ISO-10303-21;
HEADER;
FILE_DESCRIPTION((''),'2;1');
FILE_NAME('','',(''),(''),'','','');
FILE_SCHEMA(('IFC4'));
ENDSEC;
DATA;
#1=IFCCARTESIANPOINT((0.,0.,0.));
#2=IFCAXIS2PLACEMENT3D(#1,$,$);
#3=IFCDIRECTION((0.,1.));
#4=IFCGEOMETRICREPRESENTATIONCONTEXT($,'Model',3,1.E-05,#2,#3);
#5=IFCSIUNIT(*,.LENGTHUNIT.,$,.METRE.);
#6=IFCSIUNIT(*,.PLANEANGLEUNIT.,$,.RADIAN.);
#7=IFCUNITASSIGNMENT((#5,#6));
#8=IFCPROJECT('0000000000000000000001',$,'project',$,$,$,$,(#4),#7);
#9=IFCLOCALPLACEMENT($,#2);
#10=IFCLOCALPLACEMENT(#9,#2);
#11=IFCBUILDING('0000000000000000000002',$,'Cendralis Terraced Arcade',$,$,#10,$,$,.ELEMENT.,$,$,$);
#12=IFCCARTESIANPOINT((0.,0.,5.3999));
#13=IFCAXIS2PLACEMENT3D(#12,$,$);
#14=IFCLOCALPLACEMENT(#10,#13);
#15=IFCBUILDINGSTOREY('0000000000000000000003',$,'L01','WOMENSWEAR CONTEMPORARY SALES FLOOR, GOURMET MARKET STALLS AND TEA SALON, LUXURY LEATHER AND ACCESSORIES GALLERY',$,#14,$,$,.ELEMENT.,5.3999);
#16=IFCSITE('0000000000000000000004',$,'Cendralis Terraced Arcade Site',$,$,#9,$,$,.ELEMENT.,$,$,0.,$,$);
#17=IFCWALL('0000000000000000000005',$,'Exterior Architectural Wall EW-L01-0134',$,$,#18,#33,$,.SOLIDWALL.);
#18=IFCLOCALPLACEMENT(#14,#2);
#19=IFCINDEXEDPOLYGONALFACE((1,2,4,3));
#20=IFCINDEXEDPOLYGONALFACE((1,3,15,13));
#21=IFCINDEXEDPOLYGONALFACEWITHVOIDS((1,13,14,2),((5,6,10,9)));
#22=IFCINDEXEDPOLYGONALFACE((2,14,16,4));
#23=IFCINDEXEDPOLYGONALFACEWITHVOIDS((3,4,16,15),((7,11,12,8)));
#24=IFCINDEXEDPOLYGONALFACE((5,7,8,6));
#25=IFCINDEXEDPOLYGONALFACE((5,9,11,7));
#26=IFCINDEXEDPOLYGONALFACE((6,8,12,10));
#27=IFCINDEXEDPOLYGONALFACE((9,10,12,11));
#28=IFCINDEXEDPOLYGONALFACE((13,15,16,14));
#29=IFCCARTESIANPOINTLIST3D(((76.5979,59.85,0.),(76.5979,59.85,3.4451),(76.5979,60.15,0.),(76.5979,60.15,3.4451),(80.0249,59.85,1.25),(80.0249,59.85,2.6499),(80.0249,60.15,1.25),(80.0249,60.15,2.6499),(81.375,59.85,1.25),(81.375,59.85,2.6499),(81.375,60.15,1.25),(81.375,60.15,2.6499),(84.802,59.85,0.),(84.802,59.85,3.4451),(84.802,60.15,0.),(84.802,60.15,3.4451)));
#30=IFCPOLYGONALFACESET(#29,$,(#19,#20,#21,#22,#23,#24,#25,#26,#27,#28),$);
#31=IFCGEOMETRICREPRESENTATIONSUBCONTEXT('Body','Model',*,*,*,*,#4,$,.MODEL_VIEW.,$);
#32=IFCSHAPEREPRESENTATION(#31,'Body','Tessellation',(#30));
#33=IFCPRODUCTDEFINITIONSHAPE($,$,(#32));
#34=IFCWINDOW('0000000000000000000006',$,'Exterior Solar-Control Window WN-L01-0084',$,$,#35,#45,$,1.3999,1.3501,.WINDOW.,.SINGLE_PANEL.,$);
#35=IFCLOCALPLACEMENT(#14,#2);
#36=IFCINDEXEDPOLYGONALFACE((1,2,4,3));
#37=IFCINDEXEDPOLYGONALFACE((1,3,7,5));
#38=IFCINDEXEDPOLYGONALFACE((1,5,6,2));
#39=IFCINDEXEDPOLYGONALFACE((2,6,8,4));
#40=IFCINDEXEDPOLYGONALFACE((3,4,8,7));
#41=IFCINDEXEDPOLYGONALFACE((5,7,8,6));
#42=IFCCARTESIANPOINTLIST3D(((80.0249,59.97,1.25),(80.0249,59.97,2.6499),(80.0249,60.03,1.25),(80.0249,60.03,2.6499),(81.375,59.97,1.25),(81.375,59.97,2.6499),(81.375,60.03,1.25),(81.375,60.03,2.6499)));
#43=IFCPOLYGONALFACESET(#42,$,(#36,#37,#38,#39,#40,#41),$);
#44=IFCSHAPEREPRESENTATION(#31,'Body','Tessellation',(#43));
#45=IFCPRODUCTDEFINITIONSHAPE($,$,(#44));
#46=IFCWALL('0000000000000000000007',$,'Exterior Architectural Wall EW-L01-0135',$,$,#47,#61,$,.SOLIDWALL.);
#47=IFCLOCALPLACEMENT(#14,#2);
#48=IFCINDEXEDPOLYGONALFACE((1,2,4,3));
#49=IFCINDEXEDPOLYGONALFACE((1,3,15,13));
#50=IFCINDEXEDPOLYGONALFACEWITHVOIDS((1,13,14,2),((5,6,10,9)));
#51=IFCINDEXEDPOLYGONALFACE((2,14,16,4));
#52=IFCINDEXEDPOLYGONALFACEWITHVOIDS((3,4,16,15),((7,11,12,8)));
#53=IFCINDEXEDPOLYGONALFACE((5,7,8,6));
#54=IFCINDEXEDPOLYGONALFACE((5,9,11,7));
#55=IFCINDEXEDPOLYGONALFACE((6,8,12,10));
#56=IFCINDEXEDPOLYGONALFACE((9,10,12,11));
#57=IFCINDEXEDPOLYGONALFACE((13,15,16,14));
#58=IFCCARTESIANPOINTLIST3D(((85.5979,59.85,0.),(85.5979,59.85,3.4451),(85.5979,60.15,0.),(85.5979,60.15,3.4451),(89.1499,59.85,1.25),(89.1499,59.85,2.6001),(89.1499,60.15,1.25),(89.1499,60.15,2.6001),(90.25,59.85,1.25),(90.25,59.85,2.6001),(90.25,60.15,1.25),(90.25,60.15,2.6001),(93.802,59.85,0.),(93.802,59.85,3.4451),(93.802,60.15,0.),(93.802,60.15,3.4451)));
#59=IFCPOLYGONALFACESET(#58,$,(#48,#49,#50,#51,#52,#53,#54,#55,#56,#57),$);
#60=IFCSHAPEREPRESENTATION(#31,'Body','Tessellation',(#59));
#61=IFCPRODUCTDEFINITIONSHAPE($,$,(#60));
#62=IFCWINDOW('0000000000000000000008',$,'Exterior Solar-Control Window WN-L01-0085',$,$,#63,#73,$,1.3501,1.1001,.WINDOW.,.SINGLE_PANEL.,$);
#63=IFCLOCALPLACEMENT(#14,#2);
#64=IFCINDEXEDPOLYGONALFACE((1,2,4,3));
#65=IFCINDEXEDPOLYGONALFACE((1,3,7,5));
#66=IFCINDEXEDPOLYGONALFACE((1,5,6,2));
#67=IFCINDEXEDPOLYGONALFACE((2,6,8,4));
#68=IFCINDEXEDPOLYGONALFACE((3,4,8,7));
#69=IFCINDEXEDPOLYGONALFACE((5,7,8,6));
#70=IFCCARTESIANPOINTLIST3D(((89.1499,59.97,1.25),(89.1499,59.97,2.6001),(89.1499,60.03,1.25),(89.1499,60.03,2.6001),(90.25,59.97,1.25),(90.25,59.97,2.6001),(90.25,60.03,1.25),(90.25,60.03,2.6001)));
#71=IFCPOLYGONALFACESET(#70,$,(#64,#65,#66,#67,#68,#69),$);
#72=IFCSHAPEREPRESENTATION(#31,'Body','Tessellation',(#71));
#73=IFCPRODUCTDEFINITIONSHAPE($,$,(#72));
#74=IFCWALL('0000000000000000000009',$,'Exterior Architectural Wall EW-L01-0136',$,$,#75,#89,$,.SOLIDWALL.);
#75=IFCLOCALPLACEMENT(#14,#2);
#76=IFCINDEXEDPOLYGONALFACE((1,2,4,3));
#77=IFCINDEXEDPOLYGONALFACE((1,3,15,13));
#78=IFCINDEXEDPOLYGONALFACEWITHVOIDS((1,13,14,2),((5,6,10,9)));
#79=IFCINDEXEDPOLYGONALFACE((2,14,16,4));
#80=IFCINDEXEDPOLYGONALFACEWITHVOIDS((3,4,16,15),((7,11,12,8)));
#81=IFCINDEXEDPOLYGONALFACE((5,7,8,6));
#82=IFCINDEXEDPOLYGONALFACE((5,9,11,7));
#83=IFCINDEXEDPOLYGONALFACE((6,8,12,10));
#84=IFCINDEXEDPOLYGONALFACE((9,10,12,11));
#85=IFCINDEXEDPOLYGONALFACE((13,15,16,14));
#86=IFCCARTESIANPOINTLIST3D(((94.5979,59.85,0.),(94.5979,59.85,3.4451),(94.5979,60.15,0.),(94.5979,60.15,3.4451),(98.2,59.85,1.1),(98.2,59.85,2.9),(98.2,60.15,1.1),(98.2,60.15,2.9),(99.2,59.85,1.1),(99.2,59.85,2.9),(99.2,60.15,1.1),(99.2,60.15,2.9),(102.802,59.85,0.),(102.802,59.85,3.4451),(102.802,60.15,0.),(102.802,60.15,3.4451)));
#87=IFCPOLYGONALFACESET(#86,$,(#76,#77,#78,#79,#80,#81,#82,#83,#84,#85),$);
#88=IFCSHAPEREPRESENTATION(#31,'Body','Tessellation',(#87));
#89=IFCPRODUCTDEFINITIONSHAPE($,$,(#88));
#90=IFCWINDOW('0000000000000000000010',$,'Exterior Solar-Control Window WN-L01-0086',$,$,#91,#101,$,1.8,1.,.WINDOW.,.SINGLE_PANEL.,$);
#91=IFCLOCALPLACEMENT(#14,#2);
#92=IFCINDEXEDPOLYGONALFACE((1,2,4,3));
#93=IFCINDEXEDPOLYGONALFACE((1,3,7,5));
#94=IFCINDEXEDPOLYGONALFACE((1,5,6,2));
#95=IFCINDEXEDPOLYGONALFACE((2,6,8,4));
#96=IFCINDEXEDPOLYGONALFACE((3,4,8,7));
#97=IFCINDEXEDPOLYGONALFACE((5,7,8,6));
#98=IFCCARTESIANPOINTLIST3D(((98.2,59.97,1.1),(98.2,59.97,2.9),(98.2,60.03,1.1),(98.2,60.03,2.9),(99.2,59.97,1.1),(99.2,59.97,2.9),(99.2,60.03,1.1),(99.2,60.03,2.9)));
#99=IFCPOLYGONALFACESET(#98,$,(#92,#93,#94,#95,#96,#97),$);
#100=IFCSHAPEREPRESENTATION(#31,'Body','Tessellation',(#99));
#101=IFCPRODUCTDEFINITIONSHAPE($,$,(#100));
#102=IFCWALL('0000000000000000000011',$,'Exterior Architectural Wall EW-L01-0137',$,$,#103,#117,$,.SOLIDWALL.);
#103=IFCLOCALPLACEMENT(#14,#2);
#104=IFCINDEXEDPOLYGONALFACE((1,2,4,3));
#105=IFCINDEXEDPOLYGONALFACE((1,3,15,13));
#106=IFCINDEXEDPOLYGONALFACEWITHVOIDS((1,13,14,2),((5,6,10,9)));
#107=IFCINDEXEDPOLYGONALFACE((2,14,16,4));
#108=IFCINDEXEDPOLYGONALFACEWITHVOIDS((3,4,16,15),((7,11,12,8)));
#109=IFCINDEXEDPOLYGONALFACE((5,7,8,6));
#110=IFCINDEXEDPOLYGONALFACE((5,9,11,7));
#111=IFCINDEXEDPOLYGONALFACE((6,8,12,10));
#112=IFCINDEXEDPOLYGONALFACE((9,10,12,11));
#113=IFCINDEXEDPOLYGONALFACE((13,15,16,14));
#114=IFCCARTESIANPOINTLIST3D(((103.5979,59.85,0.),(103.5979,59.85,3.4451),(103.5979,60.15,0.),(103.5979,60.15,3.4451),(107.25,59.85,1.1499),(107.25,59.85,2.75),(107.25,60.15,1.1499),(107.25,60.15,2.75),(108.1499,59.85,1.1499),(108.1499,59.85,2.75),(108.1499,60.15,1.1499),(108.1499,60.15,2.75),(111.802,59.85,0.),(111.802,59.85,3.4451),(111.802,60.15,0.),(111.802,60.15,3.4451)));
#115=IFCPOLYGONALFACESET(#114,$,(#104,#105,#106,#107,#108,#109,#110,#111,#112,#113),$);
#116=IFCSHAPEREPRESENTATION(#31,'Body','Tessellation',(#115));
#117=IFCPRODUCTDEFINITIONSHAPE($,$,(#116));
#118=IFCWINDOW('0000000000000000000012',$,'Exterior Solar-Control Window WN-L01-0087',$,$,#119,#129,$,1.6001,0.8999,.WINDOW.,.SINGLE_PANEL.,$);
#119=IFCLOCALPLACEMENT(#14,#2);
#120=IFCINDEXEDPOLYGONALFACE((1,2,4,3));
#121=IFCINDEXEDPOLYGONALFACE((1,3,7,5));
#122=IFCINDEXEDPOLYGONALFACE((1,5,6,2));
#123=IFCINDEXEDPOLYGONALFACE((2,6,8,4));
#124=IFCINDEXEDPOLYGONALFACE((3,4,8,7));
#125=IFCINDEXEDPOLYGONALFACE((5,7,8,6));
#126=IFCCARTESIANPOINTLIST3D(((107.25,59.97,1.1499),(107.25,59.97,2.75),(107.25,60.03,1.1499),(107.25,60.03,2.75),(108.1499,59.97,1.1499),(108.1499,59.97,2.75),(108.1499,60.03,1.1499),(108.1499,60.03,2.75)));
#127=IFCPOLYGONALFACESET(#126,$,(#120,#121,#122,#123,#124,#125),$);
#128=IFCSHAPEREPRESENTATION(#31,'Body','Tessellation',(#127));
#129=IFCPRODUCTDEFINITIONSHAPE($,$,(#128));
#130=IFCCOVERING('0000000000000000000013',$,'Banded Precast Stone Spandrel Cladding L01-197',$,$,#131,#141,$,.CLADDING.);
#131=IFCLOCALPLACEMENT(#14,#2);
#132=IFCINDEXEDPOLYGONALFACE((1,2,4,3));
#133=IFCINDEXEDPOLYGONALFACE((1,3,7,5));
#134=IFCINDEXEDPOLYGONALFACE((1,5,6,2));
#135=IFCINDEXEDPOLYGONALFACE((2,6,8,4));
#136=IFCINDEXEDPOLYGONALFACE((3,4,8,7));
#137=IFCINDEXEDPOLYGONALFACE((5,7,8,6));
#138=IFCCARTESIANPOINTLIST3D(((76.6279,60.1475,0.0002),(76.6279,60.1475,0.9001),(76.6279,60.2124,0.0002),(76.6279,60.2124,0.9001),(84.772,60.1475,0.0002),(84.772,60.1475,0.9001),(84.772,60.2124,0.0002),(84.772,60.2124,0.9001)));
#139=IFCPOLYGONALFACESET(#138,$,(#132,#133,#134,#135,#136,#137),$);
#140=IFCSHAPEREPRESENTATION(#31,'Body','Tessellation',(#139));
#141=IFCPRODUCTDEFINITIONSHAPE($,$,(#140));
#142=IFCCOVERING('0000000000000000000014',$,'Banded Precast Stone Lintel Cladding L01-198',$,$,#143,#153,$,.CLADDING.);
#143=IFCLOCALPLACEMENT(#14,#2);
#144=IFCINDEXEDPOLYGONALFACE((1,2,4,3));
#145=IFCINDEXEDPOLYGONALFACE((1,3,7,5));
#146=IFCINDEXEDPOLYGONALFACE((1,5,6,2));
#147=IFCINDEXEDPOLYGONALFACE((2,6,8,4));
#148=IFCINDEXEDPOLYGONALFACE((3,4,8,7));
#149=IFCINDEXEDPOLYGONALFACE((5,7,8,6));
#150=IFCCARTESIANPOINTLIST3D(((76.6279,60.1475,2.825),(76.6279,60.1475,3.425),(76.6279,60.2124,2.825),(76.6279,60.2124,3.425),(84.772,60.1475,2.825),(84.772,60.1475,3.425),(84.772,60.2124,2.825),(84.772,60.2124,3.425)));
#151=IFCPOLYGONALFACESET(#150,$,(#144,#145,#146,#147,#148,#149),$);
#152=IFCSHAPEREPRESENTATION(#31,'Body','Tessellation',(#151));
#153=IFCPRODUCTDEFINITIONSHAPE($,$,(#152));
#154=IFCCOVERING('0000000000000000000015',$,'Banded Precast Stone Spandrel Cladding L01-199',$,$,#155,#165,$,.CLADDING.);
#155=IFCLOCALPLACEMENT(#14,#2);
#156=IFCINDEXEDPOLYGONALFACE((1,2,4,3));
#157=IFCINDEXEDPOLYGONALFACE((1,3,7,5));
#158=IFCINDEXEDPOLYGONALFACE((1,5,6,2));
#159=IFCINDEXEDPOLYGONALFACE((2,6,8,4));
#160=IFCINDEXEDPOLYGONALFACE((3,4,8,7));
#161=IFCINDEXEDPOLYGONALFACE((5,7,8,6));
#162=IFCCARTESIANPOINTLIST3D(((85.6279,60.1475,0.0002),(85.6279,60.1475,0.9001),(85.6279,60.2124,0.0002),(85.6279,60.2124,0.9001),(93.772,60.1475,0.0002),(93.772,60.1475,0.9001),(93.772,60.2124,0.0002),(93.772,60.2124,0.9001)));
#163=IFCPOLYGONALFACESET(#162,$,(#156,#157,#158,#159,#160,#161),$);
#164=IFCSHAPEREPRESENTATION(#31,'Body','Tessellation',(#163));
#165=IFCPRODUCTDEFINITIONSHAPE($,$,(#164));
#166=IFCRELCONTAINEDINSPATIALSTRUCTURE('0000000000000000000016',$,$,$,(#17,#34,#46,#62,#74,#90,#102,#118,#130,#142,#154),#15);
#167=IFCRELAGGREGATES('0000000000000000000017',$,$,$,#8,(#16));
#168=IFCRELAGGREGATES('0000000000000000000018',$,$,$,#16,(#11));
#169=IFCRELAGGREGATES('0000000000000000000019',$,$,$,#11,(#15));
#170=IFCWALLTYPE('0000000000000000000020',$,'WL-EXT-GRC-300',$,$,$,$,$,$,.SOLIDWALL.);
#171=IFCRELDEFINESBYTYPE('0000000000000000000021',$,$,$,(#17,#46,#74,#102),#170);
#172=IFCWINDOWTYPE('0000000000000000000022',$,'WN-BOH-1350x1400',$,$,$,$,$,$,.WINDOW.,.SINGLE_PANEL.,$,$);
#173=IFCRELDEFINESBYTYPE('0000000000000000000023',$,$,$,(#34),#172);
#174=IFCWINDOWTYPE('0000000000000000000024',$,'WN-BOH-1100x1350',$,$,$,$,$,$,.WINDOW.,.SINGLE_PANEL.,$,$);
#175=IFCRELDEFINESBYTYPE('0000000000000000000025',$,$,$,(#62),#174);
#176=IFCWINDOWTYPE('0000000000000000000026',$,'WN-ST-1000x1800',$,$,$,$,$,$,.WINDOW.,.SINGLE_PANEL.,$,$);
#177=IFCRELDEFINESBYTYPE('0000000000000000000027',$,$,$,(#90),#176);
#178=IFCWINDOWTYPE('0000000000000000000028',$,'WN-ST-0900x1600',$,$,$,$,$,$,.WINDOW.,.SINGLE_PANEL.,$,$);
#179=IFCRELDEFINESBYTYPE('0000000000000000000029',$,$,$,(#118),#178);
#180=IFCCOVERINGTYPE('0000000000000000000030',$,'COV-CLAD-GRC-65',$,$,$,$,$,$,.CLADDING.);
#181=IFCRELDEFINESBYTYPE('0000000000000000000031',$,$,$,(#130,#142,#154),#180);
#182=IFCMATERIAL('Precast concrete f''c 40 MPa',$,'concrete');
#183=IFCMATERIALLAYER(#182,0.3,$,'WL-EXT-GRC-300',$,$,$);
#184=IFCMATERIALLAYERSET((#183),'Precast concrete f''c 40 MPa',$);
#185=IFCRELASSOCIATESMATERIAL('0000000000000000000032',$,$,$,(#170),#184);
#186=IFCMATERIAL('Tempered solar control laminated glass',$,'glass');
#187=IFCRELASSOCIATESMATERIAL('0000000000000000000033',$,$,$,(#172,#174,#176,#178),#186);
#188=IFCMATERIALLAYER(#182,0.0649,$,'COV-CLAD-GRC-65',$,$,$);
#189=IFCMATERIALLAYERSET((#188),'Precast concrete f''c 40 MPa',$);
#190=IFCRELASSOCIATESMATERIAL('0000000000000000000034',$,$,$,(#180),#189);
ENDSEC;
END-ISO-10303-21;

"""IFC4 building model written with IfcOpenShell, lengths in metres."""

from ifc_helpers import new_model, si_unit, direction, frame, frame_2d, origin, origin_2d, place, context, subcontext, project, spatial, rectangle, extrude, material, layer, layer_set, type_object, element, fill, save


model = new_model("IFC4")

# Units and contexts
model_context = context("Model", 3, precision=1e-05, world=origin(), true_north=direction((0.0, 1.0)))
body_context = subcontext(model_context, "Body", "Model", "MODEL_VIEW")
ifc_project = project(units=[si_unit("LENGTHUNIT", "METRE"), si_unit("PLANEANGLEUNIT", "RADIAN")], contexts=[model_context])

# Site, building, storey
site_placement = place(None, origin())
site = spatial("IfcSite", under=ifc_project, at=site_placement, Name="Cendralis Terraced Arcade Site", CompositionType="ELEMENT", RefElevation=0.0)
building_placement = place(site_placement, origin())
building = spatial("IfcBuilding", under=site, at=building_placement, Name="Cendralis Terraced Arcade", CompositionType="ELEMENT")
storey_placement = place(building_placement, frame((0.0, 0.0, 5.3999)))
storey = spatial("IfcBuildingStorey", under=building, at=storey_placement, Name="L01", Description="WOMENSWEAR CONTEMPORARY SALES FLOOR, GOURMET MARKET STALLS AND TEA SALON, LUXURY LEATHER AND ACCESSORIES GALLERY", CompositionType="ELEMENT", Elevation=5.3999)

# Walls, openings, windows
ifc_material_1 = material(Name="Precast concrete f'c 40 MPa", Category="concrete")
ifc_layer_1 = layer(ifc_material_1, 0.3, Name="WL-EXT-GRC-300")
ifc_layer_set_1 = layer_set([ifc_layer_1], Name="Precast concrete f'c 40 MPa")
wall_type = type_object("IfcWallType", Name="WL-EXT-GRC-300", PredefinedType="SOLIDWALL", material=ifc_layer_set_1)
wall_1_placement = place(storey_placement, frame((76.5979, 60.0, 0.0), z_axis=(0.0, 0.0, 1.0), x_axis=(1.0, 0.0, 0.0)))
wall_1 = element("IfcWall", 1, at=wall_1_placement, inside=storey, type_object=wall_type, Name="Exterior Architectural Wall EW-L01-0134", PredefinedType="SOLIDWALL", context=body_context, shape_type="SweptSolid", body=[
    extrude(rectangle(XDim=8.2041, YDim=0.3, at=frame_2d((4.1021, 0.0))), origin(), (0.0, 0.0, 1.0), 3.4451),
])
opening_1_placement = place(wall_1_placement, frame((3.427, 0.0, 1.25)))
opening_1 = element("IfcOpeningElement", 2, at=opening_1_placement, cuts=wall_1, PredefinedType="OPENING", context=body_context, shape_type="SweptSolid", body=[
    extrude(rectangle(XDim=1.3501, YDim=1.3999, at=frame_2d((0.675, 0.7))), frame((0.0, 0.1621, 0.0), z_axis=(0.0, -1.0, 0.0), x_axis=(1.0, 0.0, 0.0)), (0.0, 0.0, 1.0), 0.324),
])
ifc_material_2 = material(Name="Tempered solar control laminated glass", Category="glass")
window_type_1 = type_object("IfcWindowType", Name="WN-BOH-1350x1400", PartitioningType="SINGLE_PANEL", PredefinedType="WINDOW", material=ifc_material_2)
window_1_placement = place(opening_1_placement, origin())
window_1 = element("IfcWindow", 3, at=window_1_placement, inside=storey, type_object=window_type_1, Name="Exterior Solar-Control Window WN-L01-0084", OverallHeight=1.3999, OverallWidth=1.3501, PartitioningType="SINGLE_PANEL", PredefinedType="WINDOW", context=body_context, shape_type="SweptSolid", body=[
    extrude(rectangle(XDim=1.3501, YDim=1.3999, at=frame_2d((0.675, 0.7))), frame((0.0, 0.03, 0.0), z_axis=(0.0, -1.0, 0.0), x_axis=(1.0, 0.0, 0.0)), (0.0, 0.0, 1.0), 0.0601),
])
fill(opening_1, window_1)
wall_2_placement = place(storey_placement, frame((85.5979, 60.0, 0.0), z_axis=(0.0, 0.0, 1.0), x_axis=(1.0, 0.0, 0.0)))
wall_2 = element("IfcWall", 4, at=wall_2_placement, inside=storey, type_object=wall_type, Name="Exterior Architectural Wall EW-L01-0135", PredefinedType="SOLIDWALL", context=body_context, shape_type="SweptSolid", body=[
    extrude(rectangle(XDim=8.2041, YDim=0.3, at=frame_2d((4.1021, 0.0))), origin(), (0.0, 0.0, 1.0), 3.4451),
])
opening_2_placement = place(wall_2_placement, frame((3.552, 0.0, 1.25)))
opening_2 = element("IfcOpeningElement", 5, at=opening_2_placement, cuts=wall_2, PredefinedType="OPENING", context=body_context, shape_type="SweptSolid", body=[
    extrude(rectangle(XDim=1.1001, YDim=1.3501, at=frame_2d((0.55, 0.675))), frame((0.0, 0.1621, 0.0), z_axis=(0.0, -1.0, 0.0), x_axis=(1.0, 0.0, 0.0)), (0.0, 0.0, 1.0), 0.324),
])
window_type_2 = type_object("IfcWindowType", Name="WN-BOH-1100x1350", PartitioningType="SINGLE_PANEL", PredefinedType="WINDOW", material=ifc_material_2)
window_2_placement = place(opening_2_placement, origin())
window_2 = element("IfcWindow", 6, at=window_2_placement, inside=storey, type_object=window_type_2, Name="Exterior Solar-Control Window WN-L01-0085", OverallHeight=1.3501, OverallWidth=1.1001, PartitioningType="SINGLE_PANEL", PredefinedType="WINDOW", context=body_context, shape_type="SweptSolid", body=[
    extrude(rectangle(XDim=1.1001, YDim=1.3501, at=frame_2d((0.55, 0.675))), frame((0.0, 0.03, 0.0), z_axis=(0.0, -1.0, 0.0), x_axis=(1.0, 0.0, 0.0)), (0.0, 0.0, 1.0), 0.0601),
])
fill(opening_2, window_2)
wall_3_placement = place(storey_placement, frame((94.5979, 60.0, 0.0), z_axis=(0.0, 0.0, 1.0), x_axis=(1.0, 0.0, 0.0)))
wall_3 = element("IfcWall", 7, at=wall_3_placement, inside=storey, type_object=wall_type, Name="Exterior Architectural Wall EW-L01-0136", PredefinedType="SOLIDWALL", context=body_context, shape_type="SweptSolid", body=[
    extrude(rectangle(XDim=8.2041, YDim=0.3, at=frame_2d((4.1021, 0.0))), origin(), (0.0, 0.0, 1.0), 3.4451),
])
opening_3_placement = place(wall_3_placement, frame((3.6021, 0.0, 1.1001)))
opening_3 = element("IfcOpeningElement", 8, at=opening_3_placement, cuts=wall_3, PredefinedType="OPENING", context=body_context, shape_type="SweptSolid", body=[
    extrude(rectangle(XDim=1.0, YDim=1.8, at=frame_2d((0.5, 0.8999))), frame((0.0, 0.1621, 0.0), z_axis=(0.0, -1.0, 0.0), x_axis=(1.0, 0.0, 0.0)), (0.0, 0.0, 1.0), 0.324),
])
window_type_3 = type_object("IfcWindowType", Name="WN-ST-1000x1800", PartitioningType="SINGLE_PANEL", PredefinedType="WINDOW", material=ifc_material_2)
window_3_placement = place(opening_3_placement, origin())
window_3 = element("IfcWindow", 9, at=window_3_placement, inside=storey, type_object=window_type_3, Name="Exterior Solar-Control Window WN-L01-0086", OverallHeight=1.8, OverallWidth=1.0, PartitioningType="SINGLE_PANEL", PredefinedType="WINDOW", context=body_context, shape_type="SweptSolid", body=[
    extrude(rectangle(XDim=1.0, YDim=1.8, at=frame_2d((0.5, 0.8999))), frame((0.0, 0.03, 0.0), z_axis=(0.0, -1.0, 0.0), x_axis=(1.0, 0.0, 0.0)), (0.0, 0.0, 1.0), 0.0601),
])
fill(opening_3, window_3)
wall_4_placement = place(storey_placement, frame((103.5979, 60.0, 0.0), z_axis=(0.0, 0.0, 1.0), x_axis=(1.0, 0.0, 0.0)))
wall_4 = element("IfcWall", 10, at=wall_4_placement, inside=storey, type_object=wall_type, Name="Exterior Architectural Wall EW-L01-0137", PredefinedType="SOLIDWALL", context=body_context, shape_type="SweptSolid", body=[
    extrude(rectangle(XDim=8.2041, YDim=0.3, at=frame_2d((4.1021, 0.0))), origin(), (0.0, 0.0, 1.0), 3.4451),
])
opening_4_placement = place(wall_4_placement, frame((3.6521, 0.0, 1.1499)))
opening_4 = element("IfcOpeningElement", 11, at=opening_4_placement, cuts=wall_4, PredefinedType="OPENING", context=body_context, shape_type="SweptSolid", body=[
    extrude(rectangle(XDim=0.8999, YDim=1.6001, at=frame_2d((0.45, 0.8))), frame((0.0, 0.1621, 0.0), z_axis=(0.0, -1.0, 0.0), x_axis=(1.0, 0.0, 0.0)), (0.0, 0.0, 1.0), 0.324),
])
window_type_4 = type_object("IfcWindowType", Name="WN-ST-0900x1600", PartitioningType="SINGLE_PANEL", PredefinedType="WINDOW", material=ifc_material_2)
window_4_placement = place(opening_4_placement, origin())
window_4 = element("IfcWindow", 12, at=window_4_placement, inside=storey, type_object=window_type_4, Name="Exterior Solar-Control Window WN-L01-0087", OverallHeight=1.6001, OverallWidth=0.8999, PartitioningType="SINGLE_PANEL", PredefinedType="WINDOW", context=body_context, shape_type="SweptSolid", body=[
    extrude(rectangle(XDim=0.8999, YDim=1.6001, at=frame_2d((0.45, 0.8))), frame((0.0, 0.03, 0.0), z_axis=(0.0, -1.0, 0.0), x_axis=(1.0, 0.0, 0.0)), (0.0, 0.0, 1.0), 0.0601),
])
fill(opening_4, window_4)

# Coverings
ifc_layer_2 = layer(ifc_material_1, 0.0649, Name="COV-CLAD-GRC-65")
ifc_layer_set_2 = layer_set([ifc_layer_2], Name="Precast concrete f'c 40 MPa")
covering_type = type_object("IfcCoveringType", Name="COV-CLAD-GRC-65", PredefinedType="CLADDING", material=ifc_layer_set_2)
covering_1_placement = place(storey_placement, frame((80.7, 60.1799, 0.0002), z_axis=(0.0, 0.0, 1.0), x_axis=(1.0, 0.0, 0.0)))
element("IfcCovering", 13, at=covering_1_placement, inside=storey, type_object=covering_type, Name="Banded Precast Stone Spandrel Cladding L01-197", PredefinedType="CLADDING", context=body_context, shape_type="SweptSolid", body=[
    extrude(rectangle(XDim=8.144, YDim=0.0649, at=origin_2d()), origin(), (0.0, 0.0, 1.0), 0.8999),
])
covering_2_placement = place(storey_placement, frame((80.7, 60.1799, 2.825), z_axis=(0.0, 0.0, 1.0), x_axis=(1.0, 0.0, 0.0)))
element("IfcCovering", 14, at=covering_2_placement, inside=storey, type_object=covering_type, Name="Banded Precast Stone Lintel Cladding L01-198", PredefinedType="CLADDING", context=body_context, shape_type="SweptSolid", body=[
    extrude(rectangle(XDim=8.144, YDim=0.0649, at=origin_2d()), origin(), (0.0, 0.0, 1.0), 0.6001),
])
covering_3_placement = place(storey_placement, frame((89.7, 60.1799, 0.0002), z_axis=(0.0, 0.0, 1.0), x_axis=(1.0, 0.0, 0.0)))
element("IfcCovering", 15, at=covering_3_placement, inside=storey, type_object=covering_type, Name="Banded Precast Stone Spandrel Cladding L01-199", PredefinedType="CLADDING", context=body_context, shape_type="SweptSolid", body=[
    extrude(rectangle(XDim=8.144, YDim=0.0649, at=origin_2d()), origin(), (0.0, 0.0, 1.0), 0.8999),
])

save(model, "model.ifc")
